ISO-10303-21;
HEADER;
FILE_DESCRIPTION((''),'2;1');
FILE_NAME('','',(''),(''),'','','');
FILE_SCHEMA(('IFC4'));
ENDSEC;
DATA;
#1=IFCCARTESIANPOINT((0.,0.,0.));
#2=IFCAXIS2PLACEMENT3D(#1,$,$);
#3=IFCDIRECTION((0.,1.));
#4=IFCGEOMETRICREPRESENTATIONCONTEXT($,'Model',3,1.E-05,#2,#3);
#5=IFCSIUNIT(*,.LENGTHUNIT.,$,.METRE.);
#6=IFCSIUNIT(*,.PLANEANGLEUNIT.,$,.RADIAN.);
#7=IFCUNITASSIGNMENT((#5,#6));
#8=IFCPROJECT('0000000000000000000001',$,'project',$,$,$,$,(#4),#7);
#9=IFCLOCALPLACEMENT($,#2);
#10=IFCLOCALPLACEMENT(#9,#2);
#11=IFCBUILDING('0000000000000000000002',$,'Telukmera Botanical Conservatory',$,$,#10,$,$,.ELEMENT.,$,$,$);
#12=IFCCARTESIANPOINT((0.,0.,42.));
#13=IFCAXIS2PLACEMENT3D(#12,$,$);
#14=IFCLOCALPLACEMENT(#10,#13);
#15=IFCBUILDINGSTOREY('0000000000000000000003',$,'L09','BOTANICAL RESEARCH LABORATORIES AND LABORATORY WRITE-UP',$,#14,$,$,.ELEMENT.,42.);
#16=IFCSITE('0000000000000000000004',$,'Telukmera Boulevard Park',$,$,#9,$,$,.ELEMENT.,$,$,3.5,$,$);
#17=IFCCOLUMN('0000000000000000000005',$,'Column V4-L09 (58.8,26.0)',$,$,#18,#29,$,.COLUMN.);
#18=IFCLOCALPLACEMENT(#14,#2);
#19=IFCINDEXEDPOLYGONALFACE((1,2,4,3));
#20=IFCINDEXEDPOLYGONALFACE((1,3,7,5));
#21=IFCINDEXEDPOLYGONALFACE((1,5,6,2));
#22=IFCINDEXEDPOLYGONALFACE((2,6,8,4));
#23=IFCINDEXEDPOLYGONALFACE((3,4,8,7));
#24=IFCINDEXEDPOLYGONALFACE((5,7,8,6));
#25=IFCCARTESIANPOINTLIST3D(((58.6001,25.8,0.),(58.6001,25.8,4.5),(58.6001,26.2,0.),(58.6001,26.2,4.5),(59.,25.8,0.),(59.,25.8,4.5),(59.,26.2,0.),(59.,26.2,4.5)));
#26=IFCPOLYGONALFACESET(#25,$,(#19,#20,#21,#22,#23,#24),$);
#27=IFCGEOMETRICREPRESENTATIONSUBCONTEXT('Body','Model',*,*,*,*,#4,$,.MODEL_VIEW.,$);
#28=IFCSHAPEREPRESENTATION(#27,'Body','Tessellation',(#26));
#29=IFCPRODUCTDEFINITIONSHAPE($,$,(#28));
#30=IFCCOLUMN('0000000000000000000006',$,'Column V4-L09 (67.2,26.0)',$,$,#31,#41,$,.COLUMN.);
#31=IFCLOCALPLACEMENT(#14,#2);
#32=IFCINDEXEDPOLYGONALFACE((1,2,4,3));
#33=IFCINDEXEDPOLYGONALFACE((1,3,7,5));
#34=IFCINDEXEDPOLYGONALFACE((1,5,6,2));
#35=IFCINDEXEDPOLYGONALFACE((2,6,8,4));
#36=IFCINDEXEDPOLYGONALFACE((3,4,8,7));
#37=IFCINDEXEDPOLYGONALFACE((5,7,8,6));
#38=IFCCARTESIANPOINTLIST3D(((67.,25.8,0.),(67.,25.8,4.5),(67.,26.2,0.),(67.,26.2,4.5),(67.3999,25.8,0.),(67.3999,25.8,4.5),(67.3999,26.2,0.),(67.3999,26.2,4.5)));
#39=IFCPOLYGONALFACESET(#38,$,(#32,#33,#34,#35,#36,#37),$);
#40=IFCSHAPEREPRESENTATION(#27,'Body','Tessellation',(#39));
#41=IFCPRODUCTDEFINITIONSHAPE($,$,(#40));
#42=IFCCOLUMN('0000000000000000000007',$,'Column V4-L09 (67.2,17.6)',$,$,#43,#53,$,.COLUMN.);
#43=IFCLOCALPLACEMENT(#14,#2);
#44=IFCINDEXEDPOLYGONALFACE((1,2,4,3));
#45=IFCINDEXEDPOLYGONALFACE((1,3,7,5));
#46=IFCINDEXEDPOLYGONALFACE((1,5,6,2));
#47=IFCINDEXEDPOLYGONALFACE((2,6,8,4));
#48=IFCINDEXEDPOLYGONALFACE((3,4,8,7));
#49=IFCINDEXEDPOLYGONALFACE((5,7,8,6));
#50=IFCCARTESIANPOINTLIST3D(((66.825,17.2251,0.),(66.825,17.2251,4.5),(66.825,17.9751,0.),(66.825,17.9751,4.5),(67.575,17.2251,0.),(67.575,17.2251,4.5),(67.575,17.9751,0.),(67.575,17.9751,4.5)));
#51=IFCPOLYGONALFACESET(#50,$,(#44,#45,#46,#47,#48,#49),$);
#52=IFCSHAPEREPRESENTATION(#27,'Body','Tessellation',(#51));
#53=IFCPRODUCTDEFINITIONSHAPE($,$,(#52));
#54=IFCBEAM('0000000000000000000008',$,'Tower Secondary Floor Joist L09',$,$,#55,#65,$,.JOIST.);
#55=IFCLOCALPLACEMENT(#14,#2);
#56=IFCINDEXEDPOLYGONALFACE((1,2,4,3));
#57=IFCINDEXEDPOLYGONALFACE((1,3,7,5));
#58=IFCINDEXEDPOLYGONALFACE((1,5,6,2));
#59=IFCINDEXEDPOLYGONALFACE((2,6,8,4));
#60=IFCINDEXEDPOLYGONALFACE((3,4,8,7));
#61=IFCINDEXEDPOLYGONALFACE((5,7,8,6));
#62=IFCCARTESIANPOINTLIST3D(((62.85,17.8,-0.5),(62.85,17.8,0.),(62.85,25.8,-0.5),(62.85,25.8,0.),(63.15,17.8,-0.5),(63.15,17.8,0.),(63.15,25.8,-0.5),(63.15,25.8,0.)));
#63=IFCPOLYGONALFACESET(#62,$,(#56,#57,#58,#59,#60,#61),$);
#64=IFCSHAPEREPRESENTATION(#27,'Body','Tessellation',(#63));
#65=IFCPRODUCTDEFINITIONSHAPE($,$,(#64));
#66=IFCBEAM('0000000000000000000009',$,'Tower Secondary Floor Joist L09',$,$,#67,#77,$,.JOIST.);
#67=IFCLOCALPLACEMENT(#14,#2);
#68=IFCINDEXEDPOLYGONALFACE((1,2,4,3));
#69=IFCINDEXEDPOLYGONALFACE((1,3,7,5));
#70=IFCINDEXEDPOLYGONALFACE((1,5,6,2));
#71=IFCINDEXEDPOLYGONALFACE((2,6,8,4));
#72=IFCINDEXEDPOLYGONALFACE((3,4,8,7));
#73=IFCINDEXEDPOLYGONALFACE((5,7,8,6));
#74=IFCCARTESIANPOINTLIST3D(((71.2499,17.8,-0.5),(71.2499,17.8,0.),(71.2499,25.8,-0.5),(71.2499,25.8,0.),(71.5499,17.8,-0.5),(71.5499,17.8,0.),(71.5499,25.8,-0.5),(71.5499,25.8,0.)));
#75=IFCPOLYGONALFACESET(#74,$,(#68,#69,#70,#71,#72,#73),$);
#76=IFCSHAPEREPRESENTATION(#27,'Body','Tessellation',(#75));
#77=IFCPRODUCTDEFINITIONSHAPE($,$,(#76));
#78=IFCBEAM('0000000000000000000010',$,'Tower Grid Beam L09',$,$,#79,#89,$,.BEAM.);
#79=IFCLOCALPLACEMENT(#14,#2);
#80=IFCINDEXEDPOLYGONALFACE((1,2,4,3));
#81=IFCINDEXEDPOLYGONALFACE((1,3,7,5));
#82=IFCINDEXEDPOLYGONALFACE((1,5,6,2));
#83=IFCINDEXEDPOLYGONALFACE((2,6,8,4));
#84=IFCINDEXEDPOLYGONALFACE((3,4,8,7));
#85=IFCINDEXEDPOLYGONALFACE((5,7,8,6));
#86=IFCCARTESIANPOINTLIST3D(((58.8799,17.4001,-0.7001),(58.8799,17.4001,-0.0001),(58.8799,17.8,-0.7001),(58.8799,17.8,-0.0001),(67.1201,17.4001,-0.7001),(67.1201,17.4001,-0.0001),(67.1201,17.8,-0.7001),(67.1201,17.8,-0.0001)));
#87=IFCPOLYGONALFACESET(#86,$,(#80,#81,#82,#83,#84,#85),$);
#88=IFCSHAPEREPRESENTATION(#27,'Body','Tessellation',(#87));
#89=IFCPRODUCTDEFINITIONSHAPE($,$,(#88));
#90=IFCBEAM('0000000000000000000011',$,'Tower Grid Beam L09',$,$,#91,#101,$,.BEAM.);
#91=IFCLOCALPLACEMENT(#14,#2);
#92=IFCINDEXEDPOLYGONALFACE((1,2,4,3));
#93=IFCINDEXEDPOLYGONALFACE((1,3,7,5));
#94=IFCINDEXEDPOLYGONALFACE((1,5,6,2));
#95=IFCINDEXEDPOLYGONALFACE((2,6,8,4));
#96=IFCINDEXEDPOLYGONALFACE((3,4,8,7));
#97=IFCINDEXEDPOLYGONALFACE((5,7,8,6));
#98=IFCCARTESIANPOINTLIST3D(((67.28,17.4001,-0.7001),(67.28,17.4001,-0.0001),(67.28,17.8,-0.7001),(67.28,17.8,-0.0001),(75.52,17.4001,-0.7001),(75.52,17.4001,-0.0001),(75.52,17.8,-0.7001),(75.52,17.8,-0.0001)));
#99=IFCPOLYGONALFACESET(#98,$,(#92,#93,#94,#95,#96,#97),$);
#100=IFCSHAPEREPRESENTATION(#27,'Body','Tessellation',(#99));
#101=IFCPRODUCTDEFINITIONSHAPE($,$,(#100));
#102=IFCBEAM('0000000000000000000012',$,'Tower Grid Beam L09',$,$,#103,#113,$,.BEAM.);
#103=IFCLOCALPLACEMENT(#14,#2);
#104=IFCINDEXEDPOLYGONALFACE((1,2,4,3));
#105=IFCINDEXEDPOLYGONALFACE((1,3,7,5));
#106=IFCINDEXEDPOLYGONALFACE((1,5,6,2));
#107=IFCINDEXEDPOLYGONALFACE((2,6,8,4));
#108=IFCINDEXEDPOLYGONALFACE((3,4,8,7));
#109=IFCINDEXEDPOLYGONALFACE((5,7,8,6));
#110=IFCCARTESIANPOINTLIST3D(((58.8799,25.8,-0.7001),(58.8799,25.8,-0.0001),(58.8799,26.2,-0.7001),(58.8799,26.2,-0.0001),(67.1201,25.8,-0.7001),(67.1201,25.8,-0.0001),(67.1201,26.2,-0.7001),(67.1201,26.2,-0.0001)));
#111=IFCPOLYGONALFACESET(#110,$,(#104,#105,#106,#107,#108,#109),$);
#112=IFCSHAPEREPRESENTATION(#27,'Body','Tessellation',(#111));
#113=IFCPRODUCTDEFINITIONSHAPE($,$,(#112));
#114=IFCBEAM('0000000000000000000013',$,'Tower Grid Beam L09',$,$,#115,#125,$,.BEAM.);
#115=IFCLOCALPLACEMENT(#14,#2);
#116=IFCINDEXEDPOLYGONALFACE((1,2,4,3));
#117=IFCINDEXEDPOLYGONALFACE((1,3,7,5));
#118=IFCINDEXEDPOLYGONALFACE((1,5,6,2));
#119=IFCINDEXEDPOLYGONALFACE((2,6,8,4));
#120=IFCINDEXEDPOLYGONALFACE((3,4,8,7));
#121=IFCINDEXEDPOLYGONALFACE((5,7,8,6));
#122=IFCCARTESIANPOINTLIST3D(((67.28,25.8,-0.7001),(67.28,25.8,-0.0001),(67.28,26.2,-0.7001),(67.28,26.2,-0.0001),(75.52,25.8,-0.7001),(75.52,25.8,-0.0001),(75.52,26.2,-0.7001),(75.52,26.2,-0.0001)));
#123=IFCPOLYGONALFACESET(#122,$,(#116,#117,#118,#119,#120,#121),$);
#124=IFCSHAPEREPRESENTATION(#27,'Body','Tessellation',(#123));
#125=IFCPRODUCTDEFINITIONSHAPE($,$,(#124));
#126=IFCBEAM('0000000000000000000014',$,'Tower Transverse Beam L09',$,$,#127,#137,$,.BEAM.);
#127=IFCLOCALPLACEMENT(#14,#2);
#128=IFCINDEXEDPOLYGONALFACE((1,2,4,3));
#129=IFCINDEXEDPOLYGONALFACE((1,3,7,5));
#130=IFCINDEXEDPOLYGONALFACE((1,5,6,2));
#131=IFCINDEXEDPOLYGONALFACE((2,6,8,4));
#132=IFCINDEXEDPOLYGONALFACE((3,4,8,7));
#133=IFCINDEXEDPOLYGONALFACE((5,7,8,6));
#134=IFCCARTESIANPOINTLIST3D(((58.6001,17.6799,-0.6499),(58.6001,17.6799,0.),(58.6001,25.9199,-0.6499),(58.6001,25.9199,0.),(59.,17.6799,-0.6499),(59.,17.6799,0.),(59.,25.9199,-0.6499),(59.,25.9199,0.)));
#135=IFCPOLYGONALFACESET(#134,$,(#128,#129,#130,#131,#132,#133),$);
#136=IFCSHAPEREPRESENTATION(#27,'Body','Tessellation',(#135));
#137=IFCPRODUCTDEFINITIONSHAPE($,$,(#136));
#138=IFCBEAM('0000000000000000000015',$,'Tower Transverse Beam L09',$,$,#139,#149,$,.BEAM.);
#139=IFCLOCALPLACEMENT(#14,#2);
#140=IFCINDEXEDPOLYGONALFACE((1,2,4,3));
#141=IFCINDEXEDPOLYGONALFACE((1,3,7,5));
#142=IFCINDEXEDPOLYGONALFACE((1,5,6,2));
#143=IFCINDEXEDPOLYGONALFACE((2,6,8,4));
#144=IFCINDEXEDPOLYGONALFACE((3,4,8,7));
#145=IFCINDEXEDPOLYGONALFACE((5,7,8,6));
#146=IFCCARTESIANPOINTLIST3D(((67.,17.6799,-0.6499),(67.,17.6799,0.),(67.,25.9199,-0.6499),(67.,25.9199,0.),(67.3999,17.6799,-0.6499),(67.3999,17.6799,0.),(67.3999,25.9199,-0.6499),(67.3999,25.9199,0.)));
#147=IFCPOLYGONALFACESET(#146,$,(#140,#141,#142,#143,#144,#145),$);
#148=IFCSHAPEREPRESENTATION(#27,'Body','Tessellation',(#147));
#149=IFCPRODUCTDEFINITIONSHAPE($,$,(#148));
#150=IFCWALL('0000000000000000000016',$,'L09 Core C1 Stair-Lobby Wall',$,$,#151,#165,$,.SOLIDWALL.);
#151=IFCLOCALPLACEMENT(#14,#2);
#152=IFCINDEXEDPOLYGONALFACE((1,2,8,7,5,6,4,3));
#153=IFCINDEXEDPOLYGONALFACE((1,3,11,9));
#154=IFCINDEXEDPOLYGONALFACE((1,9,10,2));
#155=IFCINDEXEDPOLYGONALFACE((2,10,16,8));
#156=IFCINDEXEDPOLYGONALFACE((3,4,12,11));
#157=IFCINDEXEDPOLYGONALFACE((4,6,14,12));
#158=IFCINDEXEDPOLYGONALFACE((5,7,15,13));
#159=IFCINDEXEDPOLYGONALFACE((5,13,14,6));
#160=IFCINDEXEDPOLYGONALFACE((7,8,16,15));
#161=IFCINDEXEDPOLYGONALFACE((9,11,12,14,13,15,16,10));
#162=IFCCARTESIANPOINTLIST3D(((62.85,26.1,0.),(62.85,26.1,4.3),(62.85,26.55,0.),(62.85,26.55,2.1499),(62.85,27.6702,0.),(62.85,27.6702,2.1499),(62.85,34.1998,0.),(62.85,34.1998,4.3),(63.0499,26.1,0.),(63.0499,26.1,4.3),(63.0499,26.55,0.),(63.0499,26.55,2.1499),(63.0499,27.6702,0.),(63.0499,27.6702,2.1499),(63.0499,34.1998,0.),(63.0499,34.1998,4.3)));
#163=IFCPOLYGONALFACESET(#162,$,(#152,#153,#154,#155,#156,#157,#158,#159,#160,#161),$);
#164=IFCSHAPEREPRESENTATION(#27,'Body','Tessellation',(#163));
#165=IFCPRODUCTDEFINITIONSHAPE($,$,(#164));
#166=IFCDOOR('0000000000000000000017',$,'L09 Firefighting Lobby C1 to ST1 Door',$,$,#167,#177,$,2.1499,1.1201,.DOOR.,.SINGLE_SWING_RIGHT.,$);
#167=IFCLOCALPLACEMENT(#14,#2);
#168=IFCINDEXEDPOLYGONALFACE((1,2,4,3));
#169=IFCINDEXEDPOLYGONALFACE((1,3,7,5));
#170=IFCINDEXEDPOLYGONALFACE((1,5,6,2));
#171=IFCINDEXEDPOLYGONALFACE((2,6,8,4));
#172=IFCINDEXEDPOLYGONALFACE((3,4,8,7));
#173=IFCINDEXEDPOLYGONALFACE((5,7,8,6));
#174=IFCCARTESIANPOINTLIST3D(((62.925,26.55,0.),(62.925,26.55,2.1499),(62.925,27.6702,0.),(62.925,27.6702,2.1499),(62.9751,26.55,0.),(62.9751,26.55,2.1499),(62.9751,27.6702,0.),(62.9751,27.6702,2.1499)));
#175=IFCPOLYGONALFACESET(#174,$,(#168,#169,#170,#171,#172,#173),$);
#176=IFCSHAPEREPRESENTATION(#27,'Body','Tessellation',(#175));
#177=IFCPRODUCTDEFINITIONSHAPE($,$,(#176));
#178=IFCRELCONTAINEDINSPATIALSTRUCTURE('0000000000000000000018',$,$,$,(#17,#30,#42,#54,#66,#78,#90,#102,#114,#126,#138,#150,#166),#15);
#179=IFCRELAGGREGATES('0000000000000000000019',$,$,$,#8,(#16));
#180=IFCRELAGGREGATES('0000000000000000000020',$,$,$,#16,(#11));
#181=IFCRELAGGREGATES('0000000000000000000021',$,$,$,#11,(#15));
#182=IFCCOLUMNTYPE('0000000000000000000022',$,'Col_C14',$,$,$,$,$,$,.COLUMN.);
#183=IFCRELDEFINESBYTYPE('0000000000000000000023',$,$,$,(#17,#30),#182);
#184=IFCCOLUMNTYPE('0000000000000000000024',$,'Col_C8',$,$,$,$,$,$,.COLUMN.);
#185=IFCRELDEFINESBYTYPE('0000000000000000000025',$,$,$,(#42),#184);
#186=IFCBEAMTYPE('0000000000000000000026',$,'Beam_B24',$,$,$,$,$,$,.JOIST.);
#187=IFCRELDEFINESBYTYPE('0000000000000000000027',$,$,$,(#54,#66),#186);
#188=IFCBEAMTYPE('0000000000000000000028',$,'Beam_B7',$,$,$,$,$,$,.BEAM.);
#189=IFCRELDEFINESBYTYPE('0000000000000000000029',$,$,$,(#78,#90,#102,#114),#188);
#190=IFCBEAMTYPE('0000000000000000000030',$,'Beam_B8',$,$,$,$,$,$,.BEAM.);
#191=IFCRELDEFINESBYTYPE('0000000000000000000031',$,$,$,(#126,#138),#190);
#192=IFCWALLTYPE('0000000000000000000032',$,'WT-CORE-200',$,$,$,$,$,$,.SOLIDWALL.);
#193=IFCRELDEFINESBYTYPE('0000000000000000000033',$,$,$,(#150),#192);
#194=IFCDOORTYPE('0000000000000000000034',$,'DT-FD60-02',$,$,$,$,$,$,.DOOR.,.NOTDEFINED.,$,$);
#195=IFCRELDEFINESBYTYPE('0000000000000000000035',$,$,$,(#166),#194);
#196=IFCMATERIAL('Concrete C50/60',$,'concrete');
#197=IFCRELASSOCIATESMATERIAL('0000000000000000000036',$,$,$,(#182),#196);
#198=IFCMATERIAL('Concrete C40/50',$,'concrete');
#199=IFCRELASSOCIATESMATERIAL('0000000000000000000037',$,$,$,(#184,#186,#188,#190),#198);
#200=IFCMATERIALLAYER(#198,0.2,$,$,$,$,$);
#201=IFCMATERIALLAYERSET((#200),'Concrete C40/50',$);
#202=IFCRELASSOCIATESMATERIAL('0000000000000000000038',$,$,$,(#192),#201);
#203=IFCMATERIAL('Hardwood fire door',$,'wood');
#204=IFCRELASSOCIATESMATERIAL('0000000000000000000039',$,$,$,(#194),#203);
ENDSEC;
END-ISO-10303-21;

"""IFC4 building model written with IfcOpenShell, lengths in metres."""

from ifc_helpers import new_model, si_unit, direction, frame, frame_2d, origin, origin_2d, place, context, subcontext, project, spatial, rectangle, extrude, material, layer, layer_set, material_profile, profile_set, type_object, element, fill, save


model = new_model("IFC4")

# Units and contexts
model_context = context("Model", 3, precision=1e-05, world=origin(), true_north=direction((0.0, 1.0)))
body_context = subcontext(model_context, "Body", "Model", "MODEL_VIEW")
ifc_project = project(units=[si_unit("LENGTHUNIT", "METRE"), si_unit("PLANEANGLEUNIT", "RADIAN")], contexts=[model_context])

# Site, building, storey
site_placement = place(None, origin())
site = spatial("IfcSite", under=ifc_project, at=site_placement, Name="Telukmera Boulevard Park", CompositionType="ELEMENT", RefElevation=3.5)
building_placement = place(site_placement, origin())
building = spatial("IfcBuilding", under=site, at=building_placement, Name="Telukmera Botanical Conservatory", CompositionType="ELEMENT")
storey_placement = place(building_placement, frame((0.0, 0.0, 42.0)))
storey = spatial("IfcBuildingStorey", under=building, at=storey_placement, Name="L09", Description="BOTANICAL RESEARCH LABORATORIES AND LABORATORY WRITE-UP", CompositionType="ELEMENT", Elevation=42.0)

# Columns
ifc_material_1 = material(Name="Concrete C50/60", Category="concrete")
ifc_material_profile_1 = material_profile(ifc_material_1, rectangle(XDim=0.3999, YDim=0.3999, at=origin_2d()), Name="RC 400x400")
ifc_profile_set_1 = profile_set([ifc_material_profile_1], Name="Concrete C50/60")
column_type_1 = type_object("IfcColumnType", Name="Col_C14", PredefinedType="COLUMN", material=ifc_profile_set_1)
for number, where, z_axis, x_axis, name in (
    (1, (58.8, 26.0, 0.0), (0.0, 0.0, 1.0), (1.0, 0.0, 0.0), "Column V4-L09 (58.8,26.0)"),
    (2, (67.2, 26.0, 0.0), (0.0, 0.0, 1.0), (1.0, 0.0, 0.0), "Column V4-L09 (67.2,26.0)"),
):
    element("IfcColumn", number, at=place(storey_placement, frame(where, z_axis=z_axis, x_axis=x_axis)), inside=storey, type_object=column_type_1, Name=name, PredefinedType="COLUMN", context=body_context, shape_type="SweptSolid", body=[
        extrude(rectangle(XDim=0.3999, YDim=0.3999, at=origin_2d()), origin(), (0.0, 0.0, 1.0), 4.5),
    ])
ifc_material_2 = material(Name="Concrete C40/50", Category="concrete")
ifc_material_profile_2 = material_profile(ifc_material_2, rectangle(XDim=0.75, YDim=0.75, at=origin_2d()), Name="RC 750x750")
ifc_profile_set_2 = profile_set([ifc_material_profile_2], Name="Concrete C40/50")
column_type_2 = type_object("IfcColumnType", Name="Col_C8", PredefinedType="COLUMN", material=ifc_profile_set_2)
column_placement = place(storey_placement, frame((67.2, 17.6001, 0.0), z_axis=(0.0, 0.0, 1.0), x_axis=(1.0, 0.0, 0.0)))
element("IfcColumn", 3, at=column_placement, inside=storey, type_object=column_type_2, Name="Column V4-L09 (67.2,17.6)", PredefinedType="COLUMN", context=body_context, shape_type="SweptSolid", body=[
    extrude(rectangle(XDim=0.75, YDim=0.75, at=origin_2d()), origin(), (0.0, 0.0, 1.0), 4.5),
])

# Beams
ifc_material_profile_3 = material_profile(ifc_material_2, rectangle(XDim=0.3, YDim=0.5, at=origin_2d()), Name="RC 300x500")
ifc_profile_set_3 = profile_set([ifc_material_profile_3], Name="Concrete C40/50")
beam_type_1 = type_object("IfcBeamType", Name="Beam_B24", PredefinedType="JOIST", material=ifc_profile_set_3)
for number, where, z_axis, x_axis, name in (
    (4, (63.0, 17.8, -0.25), (0.0, 1.0, 0.0), (-1.0, 0.0, 0.0), "Tower Secondary Floor Joist L09"),
    (5, (71.3999, 17.8, -0.25), (0.0, 1.0, 0.0), (-1.0, 0.0, 0.0), "Tower Secondary Floor Joist L09"),
):
    element("IfcBeam", number, at=place(storey_placement, frame(where, z_axis=z_axis, x_axis=x_axis)), inside=storey, type_object=beam_type_1, Name=name, PredefinedType="JOIST", context=body_context, shape_type="SweptSolid", body=[
        extrude(rectangle(XDim=0.3, YDim=0.5, at=origin_2d()), origin(), (0.0, 0.0, 1.0), 8.0),
    ])
ifc_material_profile_4 = material_profile(ifc_material_2, rectangle(XDim=0.3999, YDim=0.7, at=origin_2d()), Name="RC 400x700")
ifc_profile_set_4 = profile_set([ifc_material_profile_4], Name="Concrete C40/50")
beam_type_2 = type_object("IfcBeamType", Name="Beam_B7", PredefinedType="BEAM", material=ifc_profile_set_4)
beam_1_placement = place(storey_placement, frame((58.8799, 17.6001, -0.3501), z_axis=(1.0, 0.0, 0.0), x_axis=(0.0, 1.0, 0.0)))
element("IfcBeam", 6, at=beam_1_placement, inside=storey, type_object=beam_type_2, Name="Tower Grid Beam L09", PredefinedType="BEAM", context=body_context, shape_type="SweptSolid", body=[
    extrude(rectangle(XDim=0.3999, YDim=0.7, at=origin_2d()), origin(), (0.0, 0.0, 1.0), 8.2402),
])
beam_2_placement = place(storey_placement, frame((67.28, 17.6001, -0.3501), z_axis=(1.0, 0.0, 0.0), x_axis=(0.0, 1.0, 0.0)))
element("IfcBeam", 7, at=beam_2_placement, inside=storey, type_object=beam_type_2, Name="Tower Grid Beam L09", PredefinedType="BEAM", context=body_context, shape_type="SweptSolid", body=[
    extrude(rectangle(XDim=0.3999, YDim=0.7, at=origin_2d()), origin(), (0.0, 0.0, 1.0), 8.24),
])
beam_3_placement = place(storey_placement, frame((58.8799, 26.0, -0.3501), z_axis=(1.0, 0.0, 0.0), x_axis=(0.0, 1.0, 0.0)))
element("IfcBeam", 8, at=beam_3_placement, inside=storey, type_object=beam_type_2, Name="Tower Grid Beam L09", PredefinedType="BEAM", context=body_context, shape_type="SweptSolid", body=[
    extrude(rectangle(XDim=0.3999, YDim=0.7, at=origin_2d()), origin(), (0.0, 0.0, 1.0), 8.2402),
])
beam_4_placement = place(storey_placement, frame((67.28, 26.0, -0.3501), z_axis=(1.0, 0.0, 0.0), x_axis=(0.0, 1.0, 0.0)))
element("IfcBeam", 9, at=beam_4_placement, inside=storey, type_object=beam_type_2, Name="Tower Grid Beam L09", PredefinedType="BEAM", context=body_context, shape_type="SweptSolid", body=[
    extrude(rectangle(XDim=0.3999, YDim=0.7, at=origin_2d()), origin(), (0.0, 0.0, 1.0), 8.24),
])
ifc_material_profile_5 = material_profile(ifc_material_2, rectangle(XDim=0.3999, YDim=0.6499, at=origin_2d()), Name="RC 400x650")
ifc_profile_set_5 = profile_set([ifc_material_profile_5], Name="Concrete C40/50")
beam_type_3 = type_object("IfcBeamType", Name="Beam_B8", PredefinedType="BEAM", material=ifc_profile_set_5)
for number, where, z_axis, x_axis, name in (
    (10, (58.8, 17.6799, -0.325), (0.0, 1.0, 0.0), (-1.0, 0.0, 0.0), "Tower Transverse Beam L09"),
    (11, (67.2, 17.6799, -0.325), (0.0, 1.0, 0.0), (-1.0, 0.0, 0.0), "Tower Transverse Beam L09"),
):
    element("IfcBeam", number, at=place(storey_placement, frame(where, z_axis=z_axis, x_axis=x_axis)), inside=storey, type_object=beam_type_3, Name=name, PredefinedType="BEAM", context=body_context, shape_type="SweptSolid", body=[
        extrude(rectangle(XDim=0.3999, YDim=0.6499, at=origin_2d()), origin(), (0.0, 0.0, 1.0), 8.24),
    ])

# Shared definitions
ifc_layer_1 = layer(ifc_material_2, 0.2)
ifc_layer_set_1 = layer_set([ifc_layer_1], Name="Concrete C40/50")
wall_type_1 = type_object("IfcWallType", Name="WT-CORE-200", PredefinedType="SOLIDWALL", material=ifc_layer_set_1)
ifc_material_3 = material(Name="Hardwood fire door", Category="wood")

# Wall, opening, door
wall_1_placement = place(storey_placement, frame((62.95, 26.1001, 0.0), z_axis=(0.0, 0.0, 1.0), x_axis=(0.0, 1.0, 0.0)))
wall_1 = element("IfcWall", 12, at=wall_1_placement, inside=storey, type_object=wall_type_1, Name="L09 Core C1 Stair-Lobby Wall", PredefinedType="SOLIDWALL", context=body_context, shape_type="SweptSolid", body=[
    extrude(rectangle(XDim=8.0999, YDim=0.2, at=frame_2d((4.0498, 0.0))), origin(), (0.0, 0.0, 1.0), 4.3),
])
opening_1_placement = place(wall_1_placement, frame((0.45, 0.0, 0.0)))
opening_1 = element("IfcOpeningElement", 13, at=opening_1_placement, cuts=wall_1, PredefinedType="OPENING", context=body_context, shape_type="SweptSolid", body=[
    extrude(rectangle(XDim=1.1201, YDim=2.1499, at=frame_2d((0.5601, 1.075))), frame((0.0, 0.1099, 0.0), z_axis=(0.0, -1.0, 0.0), x_axis=(1.0, 0.0, 0.0)), (0.0, 0.0, 1.0), 0.22),
])
door_type_1 = type_object("IfcDoorType", Name="DT-FD60-02", OperationType="NOTDEFINED", PredefinedType="DOOR", material=ifc_material_3)
door_1_placement = place(opening_1_placement, origin())
door_1 = element("IfcDoor", 14, at=door_1_placement, inside=storey, type_object=door_type_1, Name="L09 Firefighting Lobby C1 to ST1 Door", OperationType="SINGLE_SWING_RIGHT", OverallHeight=2.1499, OverallWidth=1.1201, PredefinedType="DOOR", context=body_context, shape_type="SweptSolid", body=[
    extrude(rectangle(XDim=1.1201, YDim=2.1499, at=frame_2d((0.5601, 1.075))), frame((0.0, 0.0249, 0.0), z_axis=(0.0, -1.0, 0.0), x_axis=(1.0, 0.0, 0.0)), (0.0, 0.0, 1.0), 0.05),
])
fill(opening_1, door_1)

save(model, "model.ifc")
